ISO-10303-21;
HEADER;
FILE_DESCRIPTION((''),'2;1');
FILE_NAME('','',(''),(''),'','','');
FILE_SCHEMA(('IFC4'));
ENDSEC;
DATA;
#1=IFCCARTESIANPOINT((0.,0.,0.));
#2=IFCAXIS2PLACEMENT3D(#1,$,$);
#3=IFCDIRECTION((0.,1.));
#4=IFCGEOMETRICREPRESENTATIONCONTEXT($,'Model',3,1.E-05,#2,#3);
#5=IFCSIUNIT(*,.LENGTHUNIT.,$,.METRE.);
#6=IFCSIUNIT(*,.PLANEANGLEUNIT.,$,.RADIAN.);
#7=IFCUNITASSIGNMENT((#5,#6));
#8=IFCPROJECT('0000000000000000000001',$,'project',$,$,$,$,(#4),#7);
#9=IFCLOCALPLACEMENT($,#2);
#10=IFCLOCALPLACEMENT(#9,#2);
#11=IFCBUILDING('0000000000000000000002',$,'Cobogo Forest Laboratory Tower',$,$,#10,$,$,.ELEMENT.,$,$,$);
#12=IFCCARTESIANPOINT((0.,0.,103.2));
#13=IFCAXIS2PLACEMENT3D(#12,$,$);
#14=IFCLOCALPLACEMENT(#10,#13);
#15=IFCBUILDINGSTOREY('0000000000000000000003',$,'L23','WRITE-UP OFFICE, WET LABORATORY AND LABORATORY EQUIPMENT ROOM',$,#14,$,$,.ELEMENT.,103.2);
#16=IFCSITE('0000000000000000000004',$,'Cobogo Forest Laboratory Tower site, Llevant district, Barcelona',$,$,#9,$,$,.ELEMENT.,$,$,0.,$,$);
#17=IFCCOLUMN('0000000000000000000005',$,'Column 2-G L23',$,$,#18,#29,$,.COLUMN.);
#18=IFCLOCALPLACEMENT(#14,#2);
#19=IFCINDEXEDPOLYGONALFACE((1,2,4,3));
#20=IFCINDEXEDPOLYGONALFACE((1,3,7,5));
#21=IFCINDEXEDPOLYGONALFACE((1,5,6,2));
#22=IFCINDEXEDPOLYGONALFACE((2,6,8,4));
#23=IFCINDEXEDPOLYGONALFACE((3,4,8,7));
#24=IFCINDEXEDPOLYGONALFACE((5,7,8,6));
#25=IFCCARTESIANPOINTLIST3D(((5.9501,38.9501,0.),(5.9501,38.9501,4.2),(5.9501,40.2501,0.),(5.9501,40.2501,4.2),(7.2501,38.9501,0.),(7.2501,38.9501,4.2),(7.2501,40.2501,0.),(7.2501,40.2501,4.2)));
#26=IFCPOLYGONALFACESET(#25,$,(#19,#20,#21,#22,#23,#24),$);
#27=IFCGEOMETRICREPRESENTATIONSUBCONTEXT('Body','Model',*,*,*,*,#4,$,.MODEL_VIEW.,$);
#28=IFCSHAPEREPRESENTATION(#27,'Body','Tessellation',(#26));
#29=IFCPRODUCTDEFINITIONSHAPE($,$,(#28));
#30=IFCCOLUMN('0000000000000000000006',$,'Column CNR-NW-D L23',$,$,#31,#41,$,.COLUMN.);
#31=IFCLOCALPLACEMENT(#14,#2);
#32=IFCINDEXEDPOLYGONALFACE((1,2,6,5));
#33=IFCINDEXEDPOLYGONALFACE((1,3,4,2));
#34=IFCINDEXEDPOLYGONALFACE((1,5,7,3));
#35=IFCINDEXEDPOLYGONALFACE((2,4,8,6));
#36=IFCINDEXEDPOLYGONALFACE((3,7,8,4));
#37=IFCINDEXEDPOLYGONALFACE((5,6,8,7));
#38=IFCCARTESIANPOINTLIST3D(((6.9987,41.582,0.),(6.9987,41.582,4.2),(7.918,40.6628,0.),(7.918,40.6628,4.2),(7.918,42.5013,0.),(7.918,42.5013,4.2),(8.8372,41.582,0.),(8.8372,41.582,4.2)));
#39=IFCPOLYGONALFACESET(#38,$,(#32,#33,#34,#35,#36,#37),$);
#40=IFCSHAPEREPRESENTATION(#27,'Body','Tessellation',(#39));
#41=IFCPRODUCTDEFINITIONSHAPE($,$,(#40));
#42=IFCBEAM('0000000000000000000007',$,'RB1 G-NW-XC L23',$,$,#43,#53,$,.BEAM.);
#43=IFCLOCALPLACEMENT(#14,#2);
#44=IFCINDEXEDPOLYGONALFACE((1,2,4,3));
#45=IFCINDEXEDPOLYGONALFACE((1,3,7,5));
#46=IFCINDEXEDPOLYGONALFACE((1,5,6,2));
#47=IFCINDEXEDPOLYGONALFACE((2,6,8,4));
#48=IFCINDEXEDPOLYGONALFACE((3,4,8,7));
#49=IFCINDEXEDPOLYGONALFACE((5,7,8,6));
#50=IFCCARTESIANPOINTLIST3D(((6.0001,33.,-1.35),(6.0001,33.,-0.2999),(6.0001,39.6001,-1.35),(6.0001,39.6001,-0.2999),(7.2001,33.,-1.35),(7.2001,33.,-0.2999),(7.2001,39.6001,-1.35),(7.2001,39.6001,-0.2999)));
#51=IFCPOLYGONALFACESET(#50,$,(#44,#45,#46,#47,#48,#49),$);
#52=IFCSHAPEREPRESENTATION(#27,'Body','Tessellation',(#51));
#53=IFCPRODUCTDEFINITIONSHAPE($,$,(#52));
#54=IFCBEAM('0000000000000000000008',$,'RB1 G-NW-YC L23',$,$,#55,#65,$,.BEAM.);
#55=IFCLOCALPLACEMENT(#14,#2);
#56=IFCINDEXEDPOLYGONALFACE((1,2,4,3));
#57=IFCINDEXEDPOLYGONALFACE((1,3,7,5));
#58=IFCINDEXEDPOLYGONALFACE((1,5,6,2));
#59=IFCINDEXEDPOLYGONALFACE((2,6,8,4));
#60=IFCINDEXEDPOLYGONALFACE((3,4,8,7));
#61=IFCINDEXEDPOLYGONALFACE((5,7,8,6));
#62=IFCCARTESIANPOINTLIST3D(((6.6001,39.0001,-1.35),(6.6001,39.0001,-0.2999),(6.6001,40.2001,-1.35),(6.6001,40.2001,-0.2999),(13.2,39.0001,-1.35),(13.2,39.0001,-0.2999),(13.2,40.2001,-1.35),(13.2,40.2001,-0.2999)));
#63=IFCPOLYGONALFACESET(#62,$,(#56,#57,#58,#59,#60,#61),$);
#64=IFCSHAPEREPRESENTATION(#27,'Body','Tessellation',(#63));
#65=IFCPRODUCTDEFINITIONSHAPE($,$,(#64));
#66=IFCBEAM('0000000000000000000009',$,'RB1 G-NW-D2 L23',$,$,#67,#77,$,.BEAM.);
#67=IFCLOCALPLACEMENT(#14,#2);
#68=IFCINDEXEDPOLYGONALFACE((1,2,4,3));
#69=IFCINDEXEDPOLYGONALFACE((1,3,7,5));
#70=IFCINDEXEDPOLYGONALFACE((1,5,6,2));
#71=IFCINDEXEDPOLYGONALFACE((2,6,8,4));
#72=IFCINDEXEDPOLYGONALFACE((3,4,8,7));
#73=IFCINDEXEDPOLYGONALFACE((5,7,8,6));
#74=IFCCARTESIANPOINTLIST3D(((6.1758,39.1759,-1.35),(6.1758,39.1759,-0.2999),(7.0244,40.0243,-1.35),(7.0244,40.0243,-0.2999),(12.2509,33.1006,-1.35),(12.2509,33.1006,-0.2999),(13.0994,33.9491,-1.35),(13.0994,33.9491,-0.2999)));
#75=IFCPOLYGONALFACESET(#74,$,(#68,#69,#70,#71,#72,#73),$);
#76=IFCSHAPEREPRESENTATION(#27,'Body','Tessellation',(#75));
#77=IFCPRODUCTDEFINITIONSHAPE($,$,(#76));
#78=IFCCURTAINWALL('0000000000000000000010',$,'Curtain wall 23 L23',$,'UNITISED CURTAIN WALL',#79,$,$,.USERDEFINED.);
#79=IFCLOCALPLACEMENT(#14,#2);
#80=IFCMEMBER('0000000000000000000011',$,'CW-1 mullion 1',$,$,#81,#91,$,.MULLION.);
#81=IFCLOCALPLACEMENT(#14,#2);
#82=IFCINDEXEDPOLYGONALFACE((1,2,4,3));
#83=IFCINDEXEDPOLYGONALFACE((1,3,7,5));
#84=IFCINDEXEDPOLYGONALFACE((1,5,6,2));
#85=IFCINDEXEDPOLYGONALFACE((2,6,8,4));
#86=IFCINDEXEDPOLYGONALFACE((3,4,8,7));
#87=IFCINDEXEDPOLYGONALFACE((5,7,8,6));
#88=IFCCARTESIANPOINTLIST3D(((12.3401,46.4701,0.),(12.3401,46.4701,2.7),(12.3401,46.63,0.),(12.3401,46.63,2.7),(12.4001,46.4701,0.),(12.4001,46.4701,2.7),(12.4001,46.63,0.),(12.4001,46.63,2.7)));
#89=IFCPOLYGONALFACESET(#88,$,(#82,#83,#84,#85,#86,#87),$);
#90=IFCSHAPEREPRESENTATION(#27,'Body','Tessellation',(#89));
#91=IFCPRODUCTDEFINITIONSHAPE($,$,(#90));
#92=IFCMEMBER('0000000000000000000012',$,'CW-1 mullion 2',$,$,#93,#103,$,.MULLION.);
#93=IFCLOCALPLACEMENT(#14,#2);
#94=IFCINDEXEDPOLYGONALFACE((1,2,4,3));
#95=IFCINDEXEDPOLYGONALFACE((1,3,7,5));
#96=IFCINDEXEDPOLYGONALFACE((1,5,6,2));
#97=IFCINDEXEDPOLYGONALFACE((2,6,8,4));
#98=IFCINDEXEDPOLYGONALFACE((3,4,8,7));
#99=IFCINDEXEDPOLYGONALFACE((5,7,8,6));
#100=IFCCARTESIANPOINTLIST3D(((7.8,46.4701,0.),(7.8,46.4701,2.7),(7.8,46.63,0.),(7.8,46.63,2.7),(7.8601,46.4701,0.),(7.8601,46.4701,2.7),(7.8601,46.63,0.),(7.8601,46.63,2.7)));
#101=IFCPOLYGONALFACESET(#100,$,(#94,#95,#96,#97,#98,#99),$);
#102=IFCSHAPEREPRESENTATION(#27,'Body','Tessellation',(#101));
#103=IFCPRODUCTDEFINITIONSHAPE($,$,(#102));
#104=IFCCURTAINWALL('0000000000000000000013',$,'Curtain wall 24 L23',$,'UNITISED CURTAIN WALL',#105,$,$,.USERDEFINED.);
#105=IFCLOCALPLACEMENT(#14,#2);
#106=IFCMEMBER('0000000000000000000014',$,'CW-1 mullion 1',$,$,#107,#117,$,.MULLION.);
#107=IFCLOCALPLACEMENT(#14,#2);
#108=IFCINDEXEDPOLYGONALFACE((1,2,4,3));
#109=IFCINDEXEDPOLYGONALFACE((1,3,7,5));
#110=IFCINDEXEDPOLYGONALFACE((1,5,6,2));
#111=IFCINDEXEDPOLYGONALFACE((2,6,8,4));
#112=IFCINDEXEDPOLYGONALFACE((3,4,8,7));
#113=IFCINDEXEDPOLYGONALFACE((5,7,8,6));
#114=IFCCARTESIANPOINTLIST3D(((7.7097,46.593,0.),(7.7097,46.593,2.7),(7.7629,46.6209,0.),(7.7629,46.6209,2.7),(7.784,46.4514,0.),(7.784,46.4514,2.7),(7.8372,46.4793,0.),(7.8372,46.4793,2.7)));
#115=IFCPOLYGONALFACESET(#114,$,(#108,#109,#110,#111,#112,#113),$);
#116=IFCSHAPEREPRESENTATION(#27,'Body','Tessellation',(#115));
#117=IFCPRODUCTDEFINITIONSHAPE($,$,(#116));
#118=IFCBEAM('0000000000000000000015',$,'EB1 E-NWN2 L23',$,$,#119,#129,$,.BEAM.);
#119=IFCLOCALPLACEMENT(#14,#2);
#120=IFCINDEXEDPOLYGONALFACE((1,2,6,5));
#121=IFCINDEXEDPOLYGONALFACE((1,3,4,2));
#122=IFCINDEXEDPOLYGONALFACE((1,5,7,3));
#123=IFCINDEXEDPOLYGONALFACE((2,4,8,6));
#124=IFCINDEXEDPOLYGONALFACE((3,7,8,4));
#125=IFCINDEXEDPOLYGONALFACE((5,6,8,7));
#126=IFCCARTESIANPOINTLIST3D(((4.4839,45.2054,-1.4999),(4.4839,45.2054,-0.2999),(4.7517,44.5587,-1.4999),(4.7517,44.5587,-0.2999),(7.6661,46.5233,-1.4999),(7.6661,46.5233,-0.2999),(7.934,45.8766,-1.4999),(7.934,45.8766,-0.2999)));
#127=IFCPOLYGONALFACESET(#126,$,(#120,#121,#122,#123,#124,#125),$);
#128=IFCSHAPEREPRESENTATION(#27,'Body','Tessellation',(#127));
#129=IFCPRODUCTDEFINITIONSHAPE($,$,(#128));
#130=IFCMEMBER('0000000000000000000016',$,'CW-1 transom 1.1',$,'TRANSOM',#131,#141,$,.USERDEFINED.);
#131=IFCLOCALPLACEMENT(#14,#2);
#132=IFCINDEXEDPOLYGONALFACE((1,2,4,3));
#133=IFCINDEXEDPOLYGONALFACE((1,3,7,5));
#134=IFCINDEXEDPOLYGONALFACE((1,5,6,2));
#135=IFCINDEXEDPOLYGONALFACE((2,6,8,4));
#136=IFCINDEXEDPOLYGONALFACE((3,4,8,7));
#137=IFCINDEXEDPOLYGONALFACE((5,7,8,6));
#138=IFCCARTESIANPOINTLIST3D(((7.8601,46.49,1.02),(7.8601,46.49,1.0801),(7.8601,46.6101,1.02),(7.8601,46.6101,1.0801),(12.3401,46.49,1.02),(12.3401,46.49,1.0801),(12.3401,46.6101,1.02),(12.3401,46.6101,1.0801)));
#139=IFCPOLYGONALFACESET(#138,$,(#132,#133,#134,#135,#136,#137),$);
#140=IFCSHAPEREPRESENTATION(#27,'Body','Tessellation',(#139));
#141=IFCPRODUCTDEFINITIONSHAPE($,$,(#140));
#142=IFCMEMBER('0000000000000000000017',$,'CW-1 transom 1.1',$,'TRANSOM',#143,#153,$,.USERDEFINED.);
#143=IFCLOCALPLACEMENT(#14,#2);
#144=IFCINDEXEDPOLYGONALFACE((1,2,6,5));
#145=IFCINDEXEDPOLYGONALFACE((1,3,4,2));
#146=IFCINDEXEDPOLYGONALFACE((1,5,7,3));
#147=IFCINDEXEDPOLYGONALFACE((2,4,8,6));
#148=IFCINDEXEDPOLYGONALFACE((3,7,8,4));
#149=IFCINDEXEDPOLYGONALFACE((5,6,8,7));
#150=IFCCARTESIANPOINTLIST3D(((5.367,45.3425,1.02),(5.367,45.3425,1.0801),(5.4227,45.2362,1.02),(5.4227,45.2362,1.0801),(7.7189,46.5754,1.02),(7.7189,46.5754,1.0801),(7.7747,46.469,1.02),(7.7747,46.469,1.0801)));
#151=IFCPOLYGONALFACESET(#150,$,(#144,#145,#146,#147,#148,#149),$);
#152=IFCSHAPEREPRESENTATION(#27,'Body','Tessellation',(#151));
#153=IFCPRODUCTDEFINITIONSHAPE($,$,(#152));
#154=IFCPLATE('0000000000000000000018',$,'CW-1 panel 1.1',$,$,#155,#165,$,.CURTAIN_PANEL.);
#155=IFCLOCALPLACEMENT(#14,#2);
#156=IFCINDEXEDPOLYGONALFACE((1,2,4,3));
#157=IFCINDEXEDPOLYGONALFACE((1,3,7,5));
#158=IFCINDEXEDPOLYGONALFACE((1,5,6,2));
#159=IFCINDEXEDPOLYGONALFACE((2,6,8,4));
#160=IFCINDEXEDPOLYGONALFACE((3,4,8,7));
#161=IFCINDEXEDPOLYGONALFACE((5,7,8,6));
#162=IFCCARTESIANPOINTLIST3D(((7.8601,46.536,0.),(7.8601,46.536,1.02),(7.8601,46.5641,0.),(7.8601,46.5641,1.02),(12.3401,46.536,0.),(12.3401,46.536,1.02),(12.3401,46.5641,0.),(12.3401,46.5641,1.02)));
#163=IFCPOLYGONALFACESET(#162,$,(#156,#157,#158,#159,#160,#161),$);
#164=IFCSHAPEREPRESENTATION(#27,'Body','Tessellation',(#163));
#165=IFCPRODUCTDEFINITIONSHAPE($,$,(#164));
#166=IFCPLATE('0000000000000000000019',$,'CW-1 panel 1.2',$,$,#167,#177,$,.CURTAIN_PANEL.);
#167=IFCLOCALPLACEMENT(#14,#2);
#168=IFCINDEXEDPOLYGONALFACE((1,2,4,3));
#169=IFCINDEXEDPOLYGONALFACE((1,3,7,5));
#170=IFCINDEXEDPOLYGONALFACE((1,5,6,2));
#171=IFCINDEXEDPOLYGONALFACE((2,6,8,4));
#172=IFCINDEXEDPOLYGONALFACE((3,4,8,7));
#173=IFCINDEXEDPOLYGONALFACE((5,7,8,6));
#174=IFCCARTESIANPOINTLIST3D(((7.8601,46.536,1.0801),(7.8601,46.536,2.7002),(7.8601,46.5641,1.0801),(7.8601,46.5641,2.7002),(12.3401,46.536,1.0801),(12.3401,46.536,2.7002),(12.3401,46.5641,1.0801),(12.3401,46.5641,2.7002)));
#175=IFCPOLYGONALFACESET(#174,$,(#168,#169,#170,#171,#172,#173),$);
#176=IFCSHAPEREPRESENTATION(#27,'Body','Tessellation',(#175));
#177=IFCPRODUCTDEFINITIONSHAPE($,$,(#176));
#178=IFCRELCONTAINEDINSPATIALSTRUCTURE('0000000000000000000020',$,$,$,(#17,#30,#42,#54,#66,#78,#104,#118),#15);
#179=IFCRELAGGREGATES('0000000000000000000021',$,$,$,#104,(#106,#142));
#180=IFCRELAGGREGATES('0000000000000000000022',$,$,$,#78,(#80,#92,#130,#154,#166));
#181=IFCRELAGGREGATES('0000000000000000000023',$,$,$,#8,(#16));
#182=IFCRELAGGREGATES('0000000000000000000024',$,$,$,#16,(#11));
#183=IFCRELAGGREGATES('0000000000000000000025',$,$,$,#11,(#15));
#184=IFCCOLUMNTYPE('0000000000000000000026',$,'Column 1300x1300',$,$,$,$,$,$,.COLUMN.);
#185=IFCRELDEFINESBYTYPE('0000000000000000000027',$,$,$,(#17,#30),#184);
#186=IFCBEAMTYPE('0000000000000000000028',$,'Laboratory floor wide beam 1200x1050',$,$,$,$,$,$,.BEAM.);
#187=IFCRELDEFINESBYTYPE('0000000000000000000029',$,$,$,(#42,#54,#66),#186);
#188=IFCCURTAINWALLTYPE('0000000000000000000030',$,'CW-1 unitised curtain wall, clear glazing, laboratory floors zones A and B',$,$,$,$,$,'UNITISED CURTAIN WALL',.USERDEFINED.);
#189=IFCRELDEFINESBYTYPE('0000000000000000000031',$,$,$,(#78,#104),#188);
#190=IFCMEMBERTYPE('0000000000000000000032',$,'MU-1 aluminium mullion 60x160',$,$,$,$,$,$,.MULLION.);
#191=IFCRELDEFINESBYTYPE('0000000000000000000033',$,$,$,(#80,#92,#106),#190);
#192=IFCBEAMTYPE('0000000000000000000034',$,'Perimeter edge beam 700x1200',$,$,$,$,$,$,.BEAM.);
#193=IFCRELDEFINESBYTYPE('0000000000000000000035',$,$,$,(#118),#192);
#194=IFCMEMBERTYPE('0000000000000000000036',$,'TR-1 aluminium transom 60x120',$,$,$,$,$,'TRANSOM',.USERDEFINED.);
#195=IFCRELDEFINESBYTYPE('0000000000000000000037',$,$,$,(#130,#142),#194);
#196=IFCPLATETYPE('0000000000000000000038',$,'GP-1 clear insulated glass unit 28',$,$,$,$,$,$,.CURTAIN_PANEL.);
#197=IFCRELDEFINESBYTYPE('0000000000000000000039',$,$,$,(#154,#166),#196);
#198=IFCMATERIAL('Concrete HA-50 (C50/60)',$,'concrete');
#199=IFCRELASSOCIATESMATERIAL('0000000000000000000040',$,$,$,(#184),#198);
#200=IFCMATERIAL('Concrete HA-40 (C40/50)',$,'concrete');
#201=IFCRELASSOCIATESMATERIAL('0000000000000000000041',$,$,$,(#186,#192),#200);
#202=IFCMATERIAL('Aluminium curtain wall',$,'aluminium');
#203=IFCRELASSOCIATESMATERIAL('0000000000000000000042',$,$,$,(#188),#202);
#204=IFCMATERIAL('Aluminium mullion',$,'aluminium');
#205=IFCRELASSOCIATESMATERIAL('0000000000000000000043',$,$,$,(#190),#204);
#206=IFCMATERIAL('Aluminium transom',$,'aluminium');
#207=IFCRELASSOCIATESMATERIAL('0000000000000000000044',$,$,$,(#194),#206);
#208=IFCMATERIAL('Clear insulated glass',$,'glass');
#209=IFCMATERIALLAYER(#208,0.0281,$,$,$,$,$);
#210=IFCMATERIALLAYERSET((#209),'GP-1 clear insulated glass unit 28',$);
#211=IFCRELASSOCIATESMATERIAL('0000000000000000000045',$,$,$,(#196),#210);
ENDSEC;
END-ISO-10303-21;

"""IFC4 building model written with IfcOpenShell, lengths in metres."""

from ifc_helpers import new_model, si_unit, direction, frame, origin, origin_2d, place, context, subcontext, project, spatial, rectangle, extrude, material, layer, layer_set, material_profile, profile_set, type_object, element, aggregate, save


model = new_model("IFC4")

# Units and contexts
model_context = context("Model", 3, precision=1e-05, world=origin(), true_north=direction((0.0, 1.0)))
body_context = subcontext(model_context, "Body", "Model", "MODEL_VIEW")
ifc_project = project(units=[si_unit("LENGTHUNIT", "METRE"), si_unit("PLANEANGLEUNIT", "RADIAN")], contexts=[model_context])

# Site, building, storey
site_placement = place(None, origin())
site = spatial("IfcSite", under=ifc_project, at=site_placement, Name="Cobogo Forest Laboratory Tower site, Llevant district, Barcelona", CompositionType="ELEMENT", RefElevation=0.0)
building_placement = place(site_placement, origin())
building = spatial("IfcBuilding", under=site, at=building_placement, Name="Cobogo Forest Laboratory Tower", CompositionType="ELEMENT")
storey_placement = place(building_placement, frame((0.0, 0.0, 103.2)))
storey = spatial("IfcBuildingStorey", under=building, at=storey_placement, Name="L23", Description="WRITE-UP OFFICE, WET LABORATORY AND LABORATORY EQUIPMENT ROOM", CompositionType="ELEMENT", Elevation=103.2)

# Columns
ifc_material_1 = material(Name="Concrete HA-50 (C50/60)", Category="concrete")
ifc_material_profile_1 = material_profile(ifc_material_1, rectangle(XDim=1.3, YDim=1.3, at=origin_2d()), Name="RC 1300x1300")
ifc_profile_set_1 = profile_set([ifc_material_profile_1], Name="Concrete HA-50 (C50/60)")
column_type = type_object("IfcColumnType", Name="Column 1300x1300", PredefinedType="COLUMN", material=ifc_profile_set_1)
for number, where, z_axis, x_axis, name in (
    (1, (6.6001, 39.6001, 0.0), (0.0, 0.0, 1.0), (1.0, 0.0, 0.0), "Column 2-G L23"),
    (2, (7.918, 41.582, 0.0), (0.0, 0.0, 1.0), (0.707107, 0.707107, 0.0), "Column CNR-NW-D L23"),
):
    element("IfcColumn", number, at=place(storey_placement, frame(where, z_axis=z_axis, x_axis=x_axis)), inside=storey, type_object=column_type, Name=name, PredefinedType="COLUMN", context=body_context, shape_type="SweptSolid", body=[
        extrude(rectangle(XDim=1.3, YDim=1.3, at=origin_2d()), origin(), (0.0, 0.0, 1.0), 4.2),
    ])

# Beams
ifc_material_2 = material(Name="Concrete HA-40 (C40/50)", Category="concrete")
ifc_material_profile_2 = material_profile(ifc_material_2, rectangle(XDim=1.2, YDim=1.05, at=origin_2d()), Name="RC 1200x1050")
ifc_profile_set_2 = profile_set([ifc_material_profile_2], Name="Concrete HA-40 (C40/50)")
beam_type_1 = type_object("IfcBeamType", Name="Laboratory floor wide beam 1200x1050", PredefinedType="BEAM", material=ifc_profile_set_2)
beam_1_placement = place(storey_placement, frame((6.6001, 39.6001, -0.825), z_axis=(0.0, -1.0, 0.0), x_axis=(1.0, 0.0, 0.0)))
element("IfcBeam", 3, at=beam_1_placement, inside=storey, type_object=beam_type_1, Name="RB1 G-NW-XC L23", PredefinedType="BEAM", context=body_context, shape_type="SweptSolid", body=[
    extrude(rectangle(XDim=1.2, YDim=1.05, at=origin_2d()), origin(), (0.0, 0.0, 1.0), 6.6001),
])
beam_2_placement = place(storey_placement, frame((6.6001, 39.6001, -0.825), z_axis=(1.0, 0.0, 0.0), x_axis=(0.0, 1.0, 0.0)))
element("IfcBeam", 4, at=beam_2_placement, inside=storey, type_object=beam_type_1, Name="RB1 G-NW-YC L23", PredefinedType="BEAM", context=body_context, shape_type="SweptSolid", body=[
    extrude(rectangle(XDim=1.2, YDim=1.05, at=origin_2d()), origin(), (0.0, 0.0, 1.0), 6.5999),
])
beam_3_placement = place(storey_placement, frame((6.6001, 39.6001, -0.825), z_axis=(0.707093, -0.707121, 0.0), x_axis=(0.707121, 0.707093, 0.0)))
element("IfcBeam", 5, at=beam_3_placement, inside=storey, type_object=beam_type_1, Name="RB1 G-NW-D2 L23", PredefinedType="BEAM", context=body_context, shape_type="SweptSolid", body=[
    extrude(rectangle(XDim=1.2, YDim=1.05, at=origin_2d()), origin(), (0.0, 0.0, 1.0), 8.5916),
])

# Curtain wall, members
ifc_material_3 = material(Name="Aluminium curtain wall", Category="aluminium")
curtain_wall_type = type_object("IfcCurtainWallType", Name="CW-1 unitised curtain wall, clear glazing, laboratory floors zones A and B", ElementType="UNITISED CURTAIN WALL", PredefinedType="USERDEFINED", material=ifc_material_3)
curtain_wall_1_placement = place(storey_placement, origin())
curtain_wall_1 = element("IfcCurtainWall", 6, at=curtain_wall_1_placement, inside=storey, type_object=curtain_wall_type, Name="Curtain wall 23 L23", ObjectType="UNITISED CURTAIN WALL", PredefinedType="USERDEFINED")
ifc_material_4 = material(Name="Aluminium mullion", Category="aluminium")
ifc_material_profile_3 = material_profile(ifc_material_4, rectangle(XDim=0.0601, YDim=0.1599, at=origin_2d()), Name="AL 60x160")
ifc_profile_set_3 = profile_set([ifc_material_profile_3], Name="Aluminium mullion")
member_type_1 = type_object("IfcMemberType", Name="MU-1 aluminium mullion 60x160", PredefinedType="MULLION", material=ifc_profile_set_3)
member_1_placement = place(storey_placement, frame((12.3701, 46.55, 0.0), z_axis=(0.0, 0.0, 1.0), x_axis=(-1.0, 0.0, 0.0)))
member_1 = element("IfcMember", 7, at=member_1_placement, type_object=member_type_1, Name="CW-1 mullion 1", PredefinedType="MULLION", context=body_context, shape_type="SweptSolid", body=[
    extrude(rectangle(XDim=0.0601, YDim=0.1599, at=origin_2d()), origin(), (0.0, 0.0, 1.0), 2.7),
])
member_2_placement = place(storey_placement, frame((7.8301, 46.55, 0.0), z_axis=(0.0, 0.0, 1.0), x_axis=(-1.0, 0.0, 0.0)))
member_2 = element("IfcMember", 8, at=member_2_placement, type_object=member_type_1, Name="CW-1 mullion 2", PredefinedType="MULLION", context=body_context, shape_type="SweptSolid", body=[
    extrude(rectangle(XDim=0.0601, YDim=0.1599, at=origin_2d()), origin(), (0.0, 0.0, 1.0), 2.7),
])

# Curtain wall, member
curtain_wall_2_placement = place(storey_placement, origin())
curtain_wall_2 = element("IfcCurtainWall", 9, at=curtain_wall_2_placement, inside=storey, type_object=curtain_wall_type, Name="Curtain wall 24 L23", ObjectType="UNITISED CURTAIN WALL", PredefinedType="USERDEFINED")
member_3_placement = place(storey_placement, frame((7.7734, 46.5361, 0.0), z_axis=(0.0, 0.0, 1.0), x_axis=(-0.885687, -0.464284, 0.0)))
member_3 = element("IfcMember", 10, at=member_3_placement, type_object=member_type_1, Name="CW-1 mullion 1", PredefinedType="MULLION", context=body_context, shape_type="SweptSolid", body=[
    extrude(rectangle(XDim=0.0601, YDim=0.1599, at=origin_2d()), origin(), (0.0, 0.0, 1.0), 2.7),
])

# Beam
ifc_material_profile_4 = material_profile(ifc_material_2, rectangle(XDim=0.7, YDim=1.2, at=origin_2d()), Name="RC 700x1200")
ifc_profile_set_4 = profile_set([ifc_material_profile_4], Name="Concrete HA-40 (C40/50)")
beam_type_2 = type_object("IfcBeamType", Name="Perimeter edge beam 700x1200", PredefinedType="BEAM", material=ifc_profile_set_4)
beam_4_placement = place(storey_placement, frame((7.8, 46.2, -0.8999), z_axis=(-0.923901, -0.382631, 0.0), x_axis=(0.382631, -0.923901, 0.0)))
element("IfcBeam", 11, at=beam_4_placement, inside=storey, type_object=beam_type_2, Name="EB1 E-NWN2 L23", PredefinedType="BEAM", context=body_context, shape_type="SweptSolid", body=[
    extrude(rectangle(XDim=0.7, YDim=1.2, at=origin_2d()), origin(), (0.0, 0.0, 1.0), 3.4443),
])

# Members
ifc_material_5 = material(Name="Aluminium transom", Category="aluminium")
ifc_material_profile_5 = material_profile(ifc_material_5, rectangle(XDim=0.1201, YDim=0.0601, at=origin_2d()), Name="AL 60x120")
ifc_profile_set_5 = profile_set([ifc_material_profile_5], Name="Aluminium transom")
member_type_2 = type_object("IfcMemberType", Name="TR-1 aluminium transom 60x120", ElementType="TRANSOM", PredefinedType="USERDEFINED", material=ifc_profile_set_5)
member_4_placement = place(storey_placement, frame((12.3401, 46.55, 1.05), z_axis=(-1.0, 0.0, 0.0), x_axis=(0.0, -1.0, 0.0)))
member_4 = element("IfcMember", 12, at=member_4_placement, type_object=member_type_2, Name="CW-1 transom 1.1", ObjectType="TRANSOM", PredefinedType="USERDEFINED", context=body_context, shape_type="SweptSolid", body=[
    extrude(rectangle(XDim=0.1201, YDim=0.0601, at=origin_2d()), origin(), (0.0, 0.0, 1.0), 4.48),
])
member_5_placement = place(storey_placement, frame((7.7468, 46.5222, 1.05), z_axis=(-0.885695, -0.464268, 0.0), x_axis=(0.464268, -0.885695, 0.0)))
member_5 = element("IfcMember", 13, at=member_5_placement, type_object=member_type_2, Name="CW-1 transom 1.1", ObjectType="TRANSOM", PredefinedType="USERDEFINED", context=body_context, shape_type="SweptSolid", body=[
    extrude(rectangle(XDim=0.1201, YDim=0.0601, at=origin_2d()), origin(), (0.0, 0.0, 1.0), 2.6555),
])
aggregate(curtain_wall_2, [member_3, member_5])

# Plates
ifc_material_6 = material(Name="Clear insulated glass", Category="glass")
ifc_layer_1 = layer(ifc_material_6, 0.0281)
ifc_layer_set_1 = layer_set([ifc_layer_1], Name="GP-1 clear insulated glass unit 28")
plate_type = type_object("IfcPlateType", Name="GP-1 clear insulated glass unit 28", PredefinedType="CURTAIN_PANEL", material=ifc_layer_set_1)
plate_1_placement = place(storey_placement, frame((10.1001, 46.55, 0.0), z_axis=(0.0, 0.0, 1.0), x_axis=(-1.0, 0.0, 0.0)))
plate_1 = element("IfcPlate", 14, at=plate_1_placement, type_object=plate_type, Name="CW-1 panel 1.1", PredefinedType="CURTAIN_PANEL", context=body_context, shape_type="SweptSolid", body=[
    extrude(rectangle(XDim=4.48, YDim=0.0281, at=origin_2d()), origin(), (0.0, 0.0, 1.0), 1.02),
])
plate_2_placement = place(storey_placement, frame((10.1001, 46.55, 1.0801), z_axis=(0.0, 0.0, 1.0), x_axis=(-1.0, 0.0, 0.0)))
plate_2 = element("IfcPlate", 15, at=plate_2_placement, type_object=plate_type, Name="CW-1 panel 1.2", PredefinedType="CURTAIN_PANEL", context=body_context, shape_type="SweptSolid", body=[
    extrude(rectangle(XDim=4.48, YDim=0.0281, at=origin_2d()), origin(), (0.0, 0.0, 1.0), 1.6201),
])
aggregate(curtain_wall_1, [member_1, member_2, member_4, plate_1, plate_2])

save(model, "model.ifc")
